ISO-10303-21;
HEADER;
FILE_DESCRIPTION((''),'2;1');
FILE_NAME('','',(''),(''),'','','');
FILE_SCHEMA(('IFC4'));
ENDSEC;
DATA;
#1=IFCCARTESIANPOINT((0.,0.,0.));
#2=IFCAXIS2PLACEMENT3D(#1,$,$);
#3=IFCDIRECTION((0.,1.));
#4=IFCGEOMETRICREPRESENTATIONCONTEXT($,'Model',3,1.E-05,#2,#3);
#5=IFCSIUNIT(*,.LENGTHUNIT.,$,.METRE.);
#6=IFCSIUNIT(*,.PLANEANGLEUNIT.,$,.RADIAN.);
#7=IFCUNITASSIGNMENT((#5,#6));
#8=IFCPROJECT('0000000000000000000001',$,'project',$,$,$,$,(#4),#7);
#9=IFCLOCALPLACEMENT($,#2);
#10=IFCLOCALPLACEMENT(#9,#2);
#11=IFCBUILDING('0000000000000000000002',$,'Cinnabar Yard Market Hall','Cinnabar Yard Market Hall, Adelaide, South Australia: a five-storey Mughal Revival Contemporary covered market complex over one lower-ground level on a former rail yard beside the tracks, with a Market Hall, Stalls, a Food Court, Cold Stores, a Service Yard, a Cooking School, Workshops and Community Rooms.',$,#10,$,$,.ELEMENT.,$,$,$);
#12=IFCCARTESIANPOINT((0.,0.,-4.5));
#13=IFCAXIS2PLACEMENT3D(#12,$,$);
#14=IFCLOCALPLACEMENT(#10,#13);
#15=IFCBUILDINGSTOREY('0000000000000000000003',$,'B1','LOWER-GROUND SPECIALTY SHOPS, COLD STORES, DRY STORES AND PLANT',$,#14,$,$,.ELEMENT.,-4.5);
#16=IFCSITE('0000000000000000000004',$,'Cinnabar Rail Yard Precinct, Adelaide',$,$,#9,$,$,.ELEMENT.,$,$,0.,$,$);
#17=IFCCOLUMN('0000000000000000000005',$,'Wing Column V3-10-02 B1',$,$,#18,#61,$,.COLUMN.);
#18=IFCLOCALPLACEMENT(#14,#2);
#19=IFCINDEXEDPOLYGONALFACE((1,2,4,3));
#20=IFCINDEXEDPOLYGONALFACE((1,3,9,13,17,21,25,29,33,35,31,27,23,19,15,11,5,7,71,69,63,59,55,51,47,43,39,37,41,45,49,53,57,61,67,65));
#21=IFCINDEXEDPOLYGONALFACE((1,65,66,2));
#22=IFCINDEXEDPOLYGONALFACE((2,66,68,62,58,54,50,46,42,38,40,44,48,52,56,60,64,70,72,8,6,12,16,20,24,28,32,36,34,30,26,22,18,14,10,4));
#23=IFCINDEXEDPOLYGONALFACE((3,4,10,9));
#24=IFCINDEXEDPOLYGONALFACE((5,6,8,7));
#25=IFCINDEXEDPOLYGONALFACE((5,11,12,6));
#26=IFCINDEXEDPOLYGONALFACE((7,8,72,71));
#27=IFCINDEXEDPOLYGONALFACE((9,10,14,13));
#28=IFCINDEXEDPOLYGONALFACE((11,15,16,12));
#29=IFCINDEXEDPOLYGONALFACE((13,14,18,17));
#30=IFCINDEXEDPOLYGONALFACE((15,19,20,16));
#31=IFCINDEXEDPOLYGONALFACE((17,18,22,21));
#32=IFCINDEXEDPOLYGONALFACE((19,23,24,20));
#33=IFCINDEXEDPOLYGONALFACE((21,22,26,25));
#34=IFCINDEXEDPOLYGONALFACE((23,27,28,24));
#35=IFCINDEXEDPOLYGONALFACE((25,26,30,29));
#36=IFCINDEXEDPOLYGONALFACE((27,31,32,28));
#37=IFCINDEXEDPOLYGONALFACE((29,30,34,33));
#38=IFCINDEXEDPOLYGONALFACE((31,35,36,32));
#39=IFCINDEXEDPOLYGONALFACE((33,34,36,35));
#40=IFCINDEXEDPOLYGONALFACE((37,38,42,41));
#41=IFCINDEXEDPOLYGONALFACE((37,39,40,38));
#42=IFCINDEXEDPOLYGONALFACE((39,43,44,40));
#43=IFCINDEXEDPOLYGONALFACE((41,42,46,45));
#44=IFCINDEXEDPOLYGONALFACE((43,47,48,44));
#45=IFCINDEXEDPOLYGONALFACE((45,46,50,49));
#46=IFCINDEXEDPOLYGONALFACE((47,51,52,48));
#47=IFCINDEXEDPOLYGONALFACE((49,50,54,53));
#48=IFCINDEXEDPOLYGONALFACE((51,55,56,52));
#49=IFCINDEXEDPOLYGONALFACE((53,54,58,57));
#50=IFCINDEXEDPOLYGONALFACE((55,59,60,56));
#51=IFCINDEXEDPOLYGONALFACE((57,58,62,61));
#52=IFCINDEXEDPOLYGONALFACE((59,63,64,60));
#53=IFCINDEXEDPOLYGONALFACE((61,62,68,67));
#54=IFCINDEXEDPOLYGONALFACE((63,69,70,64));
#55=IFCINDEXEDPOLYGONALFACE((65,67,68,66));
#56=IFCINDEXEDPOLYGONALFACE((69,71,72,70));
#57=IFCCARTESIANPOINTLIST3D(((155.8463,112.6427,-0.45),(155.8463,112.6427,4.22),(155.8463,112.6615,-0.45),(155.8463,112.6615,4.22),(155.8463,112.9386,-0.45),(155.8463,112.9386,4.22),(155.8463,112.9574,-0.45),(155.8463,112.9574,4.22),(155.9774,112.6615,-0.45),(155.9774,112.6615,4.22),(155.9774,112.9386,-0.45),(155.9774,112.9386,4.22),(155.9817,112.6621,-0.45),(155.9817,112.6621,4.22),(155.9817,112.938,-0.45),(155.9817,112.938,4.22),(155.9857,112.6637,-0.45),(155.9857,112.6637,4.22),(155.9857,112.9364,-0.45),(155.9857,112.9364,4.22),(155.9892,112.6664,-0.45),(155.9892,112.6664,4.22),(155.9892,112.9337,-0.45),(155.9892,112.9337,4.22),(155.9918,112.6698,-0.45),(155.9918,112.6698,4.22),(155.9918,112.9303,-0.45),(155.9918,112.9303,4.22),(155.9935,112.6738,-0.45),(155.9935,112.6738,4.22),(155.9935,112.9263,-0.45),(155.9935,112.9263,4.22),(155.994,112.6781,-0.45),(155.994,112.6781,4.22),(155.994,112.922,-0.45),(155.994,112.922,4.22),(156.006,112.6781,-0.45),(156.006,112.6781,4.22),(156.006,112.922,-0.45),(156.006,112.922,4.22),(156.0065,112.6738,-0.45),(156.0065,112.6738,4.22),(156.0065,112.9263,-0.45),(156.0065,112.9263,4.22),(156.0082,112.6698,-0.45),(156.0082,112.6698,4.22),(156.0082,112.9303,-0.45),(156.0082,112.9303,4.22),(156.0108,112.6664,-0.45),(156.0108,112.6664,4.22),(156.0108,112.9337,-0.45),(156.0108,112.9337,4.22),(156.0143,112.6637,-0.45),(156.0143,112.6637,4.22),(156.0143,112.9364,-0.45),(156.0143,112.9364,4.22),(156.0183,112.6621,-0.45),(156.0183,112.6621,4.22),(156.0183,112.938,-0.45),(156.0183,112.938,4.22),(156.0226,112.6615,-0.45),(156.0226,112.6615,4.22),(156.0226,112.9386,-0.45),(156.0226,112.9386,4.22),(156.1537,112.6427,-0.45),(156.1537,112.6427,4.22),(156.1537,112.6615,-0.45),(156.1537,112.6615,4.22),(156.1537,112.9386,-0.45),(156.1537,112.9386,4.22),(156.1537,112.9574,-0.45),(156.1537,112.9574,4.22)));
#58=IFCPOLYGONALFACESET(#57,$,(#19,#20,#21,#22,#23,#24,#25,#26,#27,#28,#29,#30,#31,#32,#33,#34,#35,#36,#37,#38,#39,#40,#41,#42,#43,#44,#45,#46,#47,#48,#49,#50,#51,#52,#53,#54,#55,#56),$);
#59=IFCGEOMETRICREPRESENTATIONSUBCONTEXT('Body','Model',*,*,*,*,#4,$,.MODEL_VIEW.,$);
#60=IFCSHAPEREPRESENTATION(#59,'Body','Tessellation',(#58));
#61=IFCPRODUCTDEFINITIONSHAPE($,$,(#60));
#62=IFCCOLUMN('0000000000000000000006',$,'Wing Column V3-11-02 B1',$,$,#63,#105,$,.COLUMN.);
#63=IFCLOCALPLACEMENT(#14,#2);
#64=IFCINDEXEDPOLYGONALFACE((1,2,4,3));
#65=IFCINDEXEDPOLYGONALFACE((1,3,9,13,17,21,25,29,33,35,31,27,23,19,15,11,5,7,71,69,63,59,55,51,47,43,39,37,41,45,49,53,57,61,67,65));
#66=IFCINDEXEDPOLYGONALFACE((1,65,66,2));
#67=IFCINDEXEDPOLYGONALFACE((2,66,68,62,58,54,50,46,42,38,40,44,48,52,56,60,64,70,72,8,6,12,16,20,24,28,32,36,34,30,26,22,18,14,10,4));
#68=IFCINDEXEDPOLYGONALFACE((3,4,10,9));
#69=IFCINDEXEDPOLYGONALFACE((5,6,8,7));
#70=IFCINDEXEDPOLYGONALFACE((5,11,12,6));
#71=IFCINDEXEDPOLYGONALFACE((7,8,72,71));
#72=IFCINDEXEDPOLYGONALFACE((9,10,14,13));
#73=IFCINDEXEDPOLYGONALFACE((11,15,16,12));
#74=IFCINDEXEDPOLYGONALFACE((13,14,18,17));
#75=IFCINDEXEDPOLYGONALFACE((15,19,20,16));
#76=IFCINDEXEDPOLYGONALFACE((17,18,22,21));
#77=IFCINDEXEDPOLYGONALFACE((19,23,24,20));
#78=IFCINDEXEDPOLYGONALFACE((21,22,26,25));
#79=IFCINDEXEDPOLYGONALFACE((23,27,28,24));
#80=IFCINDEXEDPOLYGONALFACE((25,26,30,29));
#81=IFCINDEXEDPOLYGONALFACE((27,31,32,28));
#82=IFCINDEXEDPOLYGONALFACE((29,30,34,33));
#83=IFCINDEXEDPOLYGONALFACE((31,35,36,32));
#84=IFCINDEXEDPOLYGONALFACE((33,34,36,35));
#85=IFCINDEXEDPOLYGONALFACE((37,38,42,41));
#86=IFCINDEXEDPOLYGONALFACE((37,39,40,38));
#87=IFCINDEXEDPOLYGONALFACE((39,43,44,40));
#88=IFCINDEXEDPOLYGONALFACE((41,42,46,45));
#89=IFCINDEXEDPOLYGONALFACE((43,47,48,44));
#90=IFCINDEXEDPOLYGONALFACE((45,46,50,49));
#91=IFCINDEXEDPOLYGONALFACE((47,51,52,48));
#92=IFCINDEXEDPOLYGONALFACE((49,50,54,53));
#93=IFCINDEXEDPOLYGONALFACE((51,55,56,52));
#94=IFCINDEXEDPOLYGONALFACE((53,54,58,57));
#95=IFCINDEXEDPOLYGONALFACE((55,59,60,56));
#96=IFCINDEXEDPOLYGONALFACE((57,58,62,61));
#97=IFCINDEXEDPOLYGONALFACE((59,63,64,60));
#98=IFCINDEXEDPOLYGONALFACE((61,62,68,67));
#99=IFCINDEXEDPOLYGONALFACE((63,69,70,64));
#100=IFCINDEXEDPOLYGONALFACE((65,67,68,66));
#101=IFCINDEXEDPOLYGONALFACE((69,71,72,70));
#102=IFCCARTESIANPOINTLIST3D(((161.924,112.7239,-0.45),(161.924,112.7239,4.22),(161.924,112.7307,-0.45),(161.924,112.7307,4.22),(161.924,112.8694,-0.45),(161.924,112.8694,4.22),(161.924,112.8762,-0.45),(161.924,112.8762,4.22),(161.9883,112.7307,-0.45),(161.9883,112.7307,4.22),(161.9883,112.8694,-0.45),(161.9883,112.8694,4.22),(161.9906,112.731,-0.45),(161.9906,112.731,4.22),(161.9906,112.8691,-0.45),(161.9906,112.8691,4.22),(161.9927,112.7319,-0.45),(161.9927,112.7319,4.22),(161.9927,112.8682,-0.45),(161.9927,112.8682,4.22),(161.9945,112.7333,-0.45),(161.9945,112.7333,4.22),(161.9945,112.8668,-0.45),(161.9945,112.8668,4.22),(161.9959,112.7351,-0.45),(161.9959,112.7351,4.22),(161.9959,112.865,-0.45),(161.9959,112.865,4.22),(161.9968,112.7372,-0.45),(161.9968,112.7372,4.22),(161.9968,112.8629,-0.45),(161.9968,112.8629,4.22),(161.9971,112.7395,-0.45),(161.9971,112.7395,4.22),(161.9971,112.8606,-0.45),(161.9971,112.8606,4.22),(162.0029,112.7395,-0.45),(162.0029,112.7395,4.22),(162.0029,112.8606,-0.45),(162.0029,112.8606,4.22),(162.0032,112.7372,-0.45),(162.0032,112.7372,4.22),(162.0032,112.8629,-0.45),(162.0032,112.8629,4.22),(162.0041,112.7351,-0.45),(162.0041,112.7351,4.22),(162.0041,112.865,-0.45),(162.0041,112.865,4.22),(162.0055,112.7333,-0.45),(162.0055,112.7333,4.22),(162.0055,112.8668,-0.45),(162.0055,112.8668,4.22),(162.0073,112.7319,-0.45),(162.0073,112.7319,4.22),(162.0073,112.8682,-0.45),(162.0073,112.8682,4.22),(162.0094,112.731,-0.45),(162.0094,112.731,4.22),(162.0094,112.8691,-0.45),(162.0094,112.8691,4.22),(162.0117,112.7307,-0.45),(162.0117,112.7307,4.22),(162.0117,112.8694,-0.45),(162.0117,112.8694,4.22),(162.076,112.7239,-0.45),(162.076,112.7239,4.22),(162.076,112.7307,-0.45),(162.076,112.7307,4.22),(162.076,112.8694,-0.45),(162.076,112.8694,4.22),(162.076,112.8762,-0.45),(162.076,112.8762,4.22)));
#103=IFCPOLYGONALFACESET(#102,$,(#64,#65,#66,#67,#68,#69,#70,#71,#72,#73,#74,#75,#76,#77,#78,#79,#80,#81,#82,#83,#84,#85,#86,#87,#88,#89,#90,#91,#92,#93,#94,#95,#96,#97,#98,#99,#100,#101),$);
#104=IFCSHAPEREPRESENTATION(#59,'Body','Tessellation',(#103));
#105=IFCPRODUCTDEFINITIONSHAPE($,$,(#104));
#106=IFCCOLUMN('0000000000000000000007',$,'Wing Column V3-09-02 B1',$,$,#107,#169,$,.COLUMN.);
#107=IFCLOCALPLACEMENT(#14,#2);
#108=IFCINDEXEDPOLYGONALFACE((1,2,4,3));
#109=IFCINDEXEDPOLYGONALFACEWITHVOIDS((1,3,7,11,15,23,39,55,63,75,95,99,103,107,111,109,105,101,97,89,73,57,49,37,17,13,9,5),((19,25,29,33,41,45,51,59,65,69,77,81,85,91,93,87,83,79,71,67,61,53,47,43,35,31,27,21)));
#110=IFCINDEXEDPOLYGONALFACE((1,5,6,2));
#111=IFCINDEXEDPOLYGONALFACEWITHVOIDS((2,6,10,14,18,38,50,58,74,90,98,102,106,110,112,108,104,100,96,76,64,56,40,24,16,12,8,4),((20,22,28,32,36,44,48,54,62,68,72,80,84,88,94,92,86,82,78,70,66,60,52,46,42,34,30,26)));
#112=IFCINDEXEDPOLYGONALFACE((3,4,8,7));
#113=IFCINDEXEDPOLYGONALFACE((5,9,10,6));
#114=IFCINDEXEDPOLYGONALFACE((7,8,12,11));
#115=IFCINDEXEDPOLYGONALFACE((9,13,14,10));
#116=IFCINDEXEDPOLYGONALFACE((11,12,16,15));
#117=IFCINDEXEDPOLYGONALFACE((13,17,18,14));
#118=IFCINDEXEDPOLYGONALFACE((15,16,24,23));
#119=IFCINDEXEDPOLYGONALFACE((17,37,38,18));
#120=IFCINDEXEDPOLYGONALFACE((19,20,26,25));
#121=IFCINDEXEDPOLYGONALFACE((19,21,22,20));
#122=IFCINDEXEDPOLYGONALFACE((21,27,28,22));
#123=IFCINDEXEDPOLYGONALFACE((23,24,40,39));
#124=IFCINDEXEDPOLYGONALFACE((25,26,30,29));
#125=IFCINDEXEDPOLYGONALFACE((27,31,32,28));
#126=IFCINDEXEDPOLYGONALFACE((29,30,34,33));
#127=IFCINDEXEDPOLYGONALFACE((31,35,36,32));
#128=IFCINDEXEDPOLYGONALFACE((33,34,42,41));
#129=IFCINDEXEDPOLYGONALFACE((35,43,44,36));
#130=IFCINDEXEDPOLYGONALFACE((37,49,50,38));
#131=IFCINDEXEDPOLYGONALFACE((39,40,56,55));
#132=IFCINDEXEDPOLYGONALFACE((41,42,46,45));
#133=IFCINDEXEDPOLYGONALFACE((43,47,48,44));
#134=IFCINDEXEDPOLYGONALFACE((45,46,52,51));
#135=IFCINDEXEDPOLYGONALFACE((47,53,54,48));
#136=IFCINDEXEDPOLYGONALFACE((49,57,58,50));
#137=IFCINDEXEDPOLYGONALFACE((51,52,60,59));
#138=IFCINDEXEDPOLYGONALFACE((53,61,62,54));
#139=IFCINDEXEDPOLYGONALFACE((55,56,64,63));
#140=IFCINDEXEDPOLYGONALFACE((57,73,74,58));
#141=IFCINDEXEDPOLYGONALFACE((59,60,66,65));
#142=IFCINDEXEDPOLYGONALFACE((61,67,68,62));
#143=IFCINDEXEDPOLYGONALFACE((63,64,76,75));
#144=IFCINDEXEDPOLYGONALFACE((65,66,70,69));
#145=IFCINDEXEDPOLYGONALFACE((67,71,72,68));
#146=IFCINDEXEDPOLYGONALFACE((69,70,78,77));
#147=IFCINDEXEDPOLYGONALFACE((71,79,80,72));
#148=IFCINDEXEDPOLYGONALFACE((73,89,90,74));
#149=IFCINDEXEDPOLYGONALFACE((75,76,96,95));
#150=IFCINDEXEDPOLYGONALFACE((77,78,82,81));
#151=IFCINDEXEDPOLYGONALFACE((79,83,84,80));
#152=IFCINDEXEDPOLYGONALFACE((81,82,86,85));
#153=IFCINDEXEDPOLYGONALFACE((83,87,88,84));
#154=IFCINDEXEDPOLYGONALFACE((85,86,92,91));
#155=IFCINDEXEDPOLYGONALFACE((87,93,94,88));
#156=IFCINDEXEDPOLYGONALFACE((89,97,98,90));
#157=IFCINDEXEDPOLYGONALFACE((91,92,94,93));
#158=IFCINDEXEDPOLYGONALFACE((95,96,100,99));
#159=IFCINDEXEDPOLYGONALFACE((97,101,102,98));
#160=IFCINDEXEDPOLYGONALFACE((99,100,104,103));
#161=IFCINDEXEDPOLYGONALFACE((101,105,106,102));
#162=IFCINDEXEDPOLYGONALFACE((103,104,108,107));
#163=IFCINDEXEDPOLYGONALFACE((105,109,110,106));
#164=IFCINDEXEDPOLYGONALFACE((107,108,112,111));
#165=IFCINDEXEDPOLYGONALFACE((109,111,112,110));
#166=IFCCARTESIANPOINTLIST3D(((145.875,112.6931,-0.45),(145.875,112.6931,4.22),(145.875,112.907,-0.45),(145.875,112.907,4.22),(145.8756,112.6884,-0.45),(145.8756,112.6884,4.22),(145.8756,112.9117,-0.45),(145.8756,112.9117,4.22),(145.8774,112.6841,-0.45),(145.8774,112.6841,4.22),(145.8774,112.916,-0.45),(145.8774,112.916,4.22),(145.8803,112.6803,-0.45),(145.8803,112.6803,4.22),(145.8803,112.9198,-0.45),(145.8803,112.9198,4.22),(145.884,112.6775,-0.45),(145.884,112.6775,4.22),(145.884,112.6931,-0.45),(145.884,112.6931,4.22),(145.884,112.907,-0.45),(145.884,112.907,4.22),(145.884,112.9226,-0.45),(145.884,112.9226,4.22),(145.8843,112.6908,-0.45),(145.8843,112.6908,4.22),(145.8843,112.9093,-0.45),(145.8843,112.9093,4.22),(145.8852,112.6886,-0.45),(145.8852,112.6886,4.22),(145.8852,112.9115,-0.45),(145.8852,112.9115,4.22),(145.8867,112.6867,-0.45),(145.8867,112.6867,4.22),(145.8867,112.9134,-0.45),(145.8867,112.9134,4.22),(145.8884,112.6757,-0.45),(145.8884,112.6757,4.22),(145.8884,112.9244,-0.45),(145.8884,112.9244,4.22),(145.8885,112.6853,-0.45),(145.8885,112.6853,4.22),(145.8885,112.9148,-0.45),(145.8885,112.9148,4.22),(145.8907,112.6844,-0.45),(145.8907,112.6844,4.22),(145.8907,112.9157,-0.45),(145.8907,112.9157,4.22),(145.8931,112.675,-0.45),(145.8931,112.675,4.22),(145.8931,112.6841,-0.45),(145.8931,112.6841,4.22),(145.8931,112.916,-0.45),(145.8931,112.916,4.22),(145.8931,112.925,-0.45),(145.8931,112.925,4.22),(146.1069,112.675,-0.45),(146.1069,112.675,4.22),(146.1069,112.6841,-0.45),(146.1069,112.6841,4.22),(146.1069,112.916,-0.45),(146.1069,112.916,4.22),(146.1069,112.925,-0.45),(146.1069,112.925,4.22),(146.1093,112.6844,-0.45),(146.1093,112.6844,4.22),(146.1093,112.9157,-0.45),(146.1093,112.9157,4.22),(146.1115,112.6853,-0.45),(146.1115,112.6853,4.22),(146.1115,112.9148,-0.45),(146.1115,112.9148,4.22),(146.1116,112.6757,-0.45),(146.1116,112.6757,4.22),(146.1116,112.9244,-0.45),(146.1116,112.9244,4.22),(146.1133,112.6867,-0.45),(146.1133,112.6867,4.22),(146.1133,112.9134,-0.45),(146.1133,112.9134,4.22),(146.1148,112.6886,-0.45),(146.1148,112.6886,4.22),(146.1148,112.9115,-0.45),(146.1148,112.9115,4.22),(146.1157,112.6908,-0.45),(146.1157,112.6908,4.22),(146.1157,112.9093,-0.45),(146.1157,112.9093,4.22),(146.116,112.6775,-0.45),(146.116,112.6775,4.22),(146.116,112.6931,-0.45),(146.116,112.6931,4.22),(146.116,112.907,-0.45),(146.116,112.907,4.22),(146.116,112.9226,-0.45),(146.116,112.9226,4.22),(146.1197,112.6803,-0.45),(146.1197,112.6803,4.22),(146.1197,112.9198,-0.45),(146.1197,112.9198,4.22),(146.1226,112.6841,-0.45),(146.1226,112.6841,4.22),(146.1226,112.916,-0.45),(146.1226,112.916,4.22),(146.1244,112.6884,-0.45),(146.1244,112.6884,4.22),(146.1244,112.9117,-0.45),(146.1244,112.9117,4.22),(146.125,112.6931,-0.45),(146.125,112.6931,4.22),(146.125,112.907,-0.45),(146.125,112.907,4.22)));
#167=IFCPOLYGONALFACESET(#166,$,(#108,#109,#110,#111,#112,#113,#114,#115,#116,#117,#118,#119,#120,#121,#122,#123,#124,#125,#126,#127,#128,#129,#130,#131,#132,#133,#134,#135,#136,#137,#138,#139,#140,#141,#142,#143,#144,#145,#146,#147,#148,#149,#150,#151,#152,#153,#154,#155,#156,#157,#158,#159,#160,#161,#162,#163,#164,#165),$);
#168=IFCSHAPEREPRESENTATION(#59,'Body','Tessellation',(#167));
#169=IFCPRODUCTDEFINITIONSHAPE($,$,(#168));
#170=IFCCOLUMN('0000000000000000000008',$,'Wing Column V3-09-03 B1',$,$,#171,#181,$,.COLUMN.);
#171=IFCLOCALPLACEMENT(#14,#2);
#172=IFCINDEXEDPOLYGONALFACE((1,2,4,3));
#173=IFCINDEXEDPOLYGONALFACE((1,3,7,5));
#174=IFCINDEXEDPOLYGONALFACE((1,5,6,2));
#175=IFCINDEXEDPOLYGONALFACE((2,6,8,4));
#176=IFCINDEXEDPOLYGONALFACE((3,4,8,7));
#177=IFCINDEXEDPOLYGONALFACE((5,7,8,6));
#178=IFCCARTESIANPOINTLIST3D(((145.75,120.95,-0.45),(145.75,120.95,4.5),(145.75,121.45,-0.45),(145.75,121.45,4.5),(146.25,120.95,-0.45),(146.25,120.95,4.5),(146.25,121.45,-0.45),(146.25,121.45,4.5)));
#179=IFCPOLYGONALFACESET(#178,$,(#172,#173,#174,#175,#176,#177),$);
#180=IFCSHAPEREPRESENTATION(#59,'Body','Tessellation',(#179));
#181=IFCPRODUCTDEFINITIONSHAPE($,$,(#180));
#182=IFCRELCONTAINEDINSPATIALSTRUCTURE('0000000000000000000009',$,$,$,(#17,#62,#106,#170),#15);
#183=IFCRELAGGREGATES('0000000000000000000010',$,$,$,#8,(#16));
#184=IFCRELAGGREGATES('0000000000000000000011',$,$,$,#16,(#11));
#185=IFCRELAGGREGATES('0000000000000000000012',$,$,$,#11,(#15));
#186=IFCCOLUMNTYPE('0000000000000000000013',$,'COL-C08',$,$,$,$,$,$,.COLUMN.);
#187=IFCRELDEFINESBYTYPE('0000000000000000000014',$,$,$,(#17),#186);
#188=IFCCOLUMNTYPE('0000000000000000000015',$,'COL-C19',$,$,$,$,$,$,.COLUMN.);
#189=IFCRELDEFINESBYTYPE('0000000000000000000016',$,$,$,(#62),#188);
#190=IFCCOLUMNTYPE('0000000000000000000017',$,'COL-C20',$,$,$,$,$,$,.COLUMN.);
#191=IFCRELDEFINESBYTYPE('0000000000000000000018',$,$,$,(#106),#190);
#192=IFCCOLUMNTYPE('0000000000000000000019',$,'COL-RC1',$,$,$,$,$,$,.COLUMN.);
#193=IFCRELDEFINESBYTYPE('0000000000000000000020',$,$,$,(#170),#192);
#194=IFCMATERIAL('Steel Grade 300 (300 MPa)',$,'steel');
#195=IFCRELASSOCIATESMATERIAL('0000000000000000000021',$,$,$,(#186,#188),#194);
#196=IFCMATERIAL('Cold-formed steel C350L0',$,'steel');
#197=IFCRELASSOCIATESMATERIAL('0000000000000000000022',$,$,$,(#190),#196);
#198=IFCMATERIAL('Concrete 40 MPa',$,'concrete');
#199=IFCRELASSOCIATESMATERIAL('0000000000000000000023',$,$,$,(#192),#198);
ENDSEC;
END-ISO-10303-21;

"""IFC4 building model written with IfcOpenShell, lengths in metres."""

from ifc_helpers import new_model, si_unit, direction, frame, origin, origin_2d_with_axis, place, context, subcontext, project, spatial, rectangle, hollow_rectangle, i_section, extrude, material, material_profile, profile_set, type_object, element, save


model = new_model("IFC4")

# Units and contexts
model_context = context("Model", 3, precision=1e-05, world=origin(), true_north=direction((0.0, 1.0)))
body_context = subcontext(model_context, "Body", "Model", "MODEL_VIEW")
ifc_project = project(units=[si_unit("LENGTHUNIT", "METRE"), si_unit("PLANEANGLEUNIT", "RADIAN")], contexts=[model_context])

# Site, building, storey
site_placement = place(None, origin())
site = spatial("IfcSite", under=ifc_project, at=site_placement, Name="Cinnabar Rail Yard Precinct, Adelaide", CompositionType="ELEMENT", RefElevation=0.0)
building_placement = place(site_placement, origin())
building = spatial("IfcBuilding", under=site, at=building_placement, Name="Cinnabar Yard Market Hall", Description="Cinnabar Yard Market Hall, Adelaide, South Australia: a five-storey Mughal Revival Contemporary covered market complex over one lower-ground level on a former rail yard beside the tracks, with a Market Hall, Stalls, a Food Court, Cold Stores, a Service Yard, a Cooking School, Workshops and Community Rooms.", CompositionType="ELEMENT")
storey_placement = place(building_placement, frame((0.0, 0.0, -4.5)))
storey = spatial("IfcBuildingStorey", under=building, at=storey_placement, Name="B1", Description="LOWER-GROUND SPECIALTY SHOPS, COLD STORES, DRY STORES AND PLANT", CompositionType="ELEMENT", Elevation=-4.5)

# Shared definitions
ifc_material_1 = material(Name="Concrete 40 MPa", Category="concrete")

# Columns
ifc_material_2 = material(Name="Steel Grade 300 (300 MPa)", Category="steel")
ifc_material_profile_1 = material_profile(ifc_material_2, i_section(OverallWidth=0.3074, OverallDepth=0.3147, WebThickness=0.012, FlangeThickness=0.0188, FilletRadius=0.0166, at=origin_2d_with_axis()), Name="310UC118")
ifc_profile_set_1 = profile_set([ifc_material_profile_1], Name="Steel Grade 300 (300 MPa)")
column_type_1 = type_object("IfcColumnType", Name="COL-C08", PredefinedType="COLUMN", material=ifc_profile_set_1)
column_1_placement = place(storey_placement, frame((156.0, 112.8, -0.45), z_axis=(0.0, 0.0, 1.0), x_axis=(1.0, 0.0, 0.0)))
element("IfcColumn", 1, at=column_1_placement, inside=storey, type_object=column_type_1, Name="Wing Column V3-10-02 B1", PredefinedType="COLUMN", context=body_context, shape_type="SweptSolid", body=[
    extrude(i_section(OverallWidth=0.3074, OverallDepth=0.3147, WebThickness=0.012, FlangeThickness=0.0188, FilletRadius=0.0166, at=origin_2d_with_axis()), origin(), (0.0, 0.0, 1.0), 4.6699),
])
ifc_material_profile_2 = material_profile(ifc_material_2, i_section(OverallWidth=0.1521, OverallDepth=0.1523, WebThickness=0.0059, FlangeThickness=0.0068, FilletRadius=0.0088, at=origin_2d_with_axis()), Name="150UC23.4")
ifc_profile_set_2 = profile_set([ifc_material_profile_2], Name="Steel Grade 300 (300 MPa)")
column_type_2 = type_object("IfcColumnType", Name="COL-C19", PredefinedType="COLUMN", material=ifc_profile_set_2)
column_2_placement = place(storey_placement, frame((162.0, 112.8, -0.45), z_axis=(0.0, 0.0, 1.0), x_axis=(1.0, 0.0, 0.0)))
element("IfcColumn", 2, at=column_2_placement, inside=storey, type_object=column_type_2, Name="Wing Column V3-11-02 B1", PredefinedType="COLUMN", context=body_context, shape_type="SweptSolid", body=[
    extrude(i_section(OverallWidth=0.1521, OverallDepth=0.1523, WebThickness=0.0059, FlangeThickness=0.0068, FilletRadius=0.0088, at=origin_2d_with_axis()), origin(), (0.0, 0.0, 1.0), 4.6699),
])
ifc_material_3 = material(Name="Cold-formed steel C350L0", Category="steel")
ifc_material_profile_3 = material_profile(ifc_material_3, hollow_rectangle(XDim=0.25, YDim=0.25, WallThickness=0.009, InnerFilletRadius=0.009, OuterFilletRadius=0.0181, at=origin_2d_with_axis()), Name="250x250x9.0SHS")
ifc_profile_set_3 = profile_set([ifc_material_profile_3], Name="Cold-formed steel C350L0")
column_type_3 = type_object("IfcColumnType", Name="COL-C20", PredefinedType="COLUMN", material=ifc_profile_set_3)
column_3_placement = place(storey_placement, frame((146.0, 112.8, -0.45), z_axis=(0.0, 0.0, 1.0), x_axis=(1.0, 0.0, 0.0)))
element("IfcColumn", 3, at=column_3_placement, inside=storey, type_object=column_type_3, Name="Wing Column V3-09-02 B1", PredefinedType="COLUMN", context=body_context, shape_type="SweptSolid", body=[
    extrude(hollow_rectangle(XDim=0.25, YDim=0.25, WallThickness=0.009, InnerFilletRadius=0.009, OuterFilletRadius=0.0181, at=origin_2d_with_axis()), origin(), (0.0, 0.0, 1.0), 4.6699),
])
ifc_material_profile_4 = material_profile(ifc_material_1, rectangle(XDim=0.5, YDim=0.5, at=origin_2d_with_axis()), Name="RC-500x500")
ifc_profile_set_4 = profile_set([ifc_material_profile_4], Name="Concrete 40 MPa")
column_type_4 = type_object("IfcColumnType", Name="COL-RC1", PredefinedType="COLUMN", material=ifc_profile_set_4)
column_4_placement = place(storey_placement, frame((146.0, 121.2, -0.45), z_axis=(0.0, 0.0, 1.0), x_axis=(1.0, 0.0, 0.0)))
element("IfcColumn", 4, at=column_4_placement, inside=storey, type_object=column_type_4, Name="Wing Column V3-09-03 B1", PredefinedType="COLUMN", context=body_context, shape_type="SweptSolid", body=[
    extrude(rectangle(XDim=0.5, YDim=0.5, at=origin_2d_with_axis()), origin(), (0.0, 0.0, 1.0), 4.95),
])

save(model, "model.ifc")
